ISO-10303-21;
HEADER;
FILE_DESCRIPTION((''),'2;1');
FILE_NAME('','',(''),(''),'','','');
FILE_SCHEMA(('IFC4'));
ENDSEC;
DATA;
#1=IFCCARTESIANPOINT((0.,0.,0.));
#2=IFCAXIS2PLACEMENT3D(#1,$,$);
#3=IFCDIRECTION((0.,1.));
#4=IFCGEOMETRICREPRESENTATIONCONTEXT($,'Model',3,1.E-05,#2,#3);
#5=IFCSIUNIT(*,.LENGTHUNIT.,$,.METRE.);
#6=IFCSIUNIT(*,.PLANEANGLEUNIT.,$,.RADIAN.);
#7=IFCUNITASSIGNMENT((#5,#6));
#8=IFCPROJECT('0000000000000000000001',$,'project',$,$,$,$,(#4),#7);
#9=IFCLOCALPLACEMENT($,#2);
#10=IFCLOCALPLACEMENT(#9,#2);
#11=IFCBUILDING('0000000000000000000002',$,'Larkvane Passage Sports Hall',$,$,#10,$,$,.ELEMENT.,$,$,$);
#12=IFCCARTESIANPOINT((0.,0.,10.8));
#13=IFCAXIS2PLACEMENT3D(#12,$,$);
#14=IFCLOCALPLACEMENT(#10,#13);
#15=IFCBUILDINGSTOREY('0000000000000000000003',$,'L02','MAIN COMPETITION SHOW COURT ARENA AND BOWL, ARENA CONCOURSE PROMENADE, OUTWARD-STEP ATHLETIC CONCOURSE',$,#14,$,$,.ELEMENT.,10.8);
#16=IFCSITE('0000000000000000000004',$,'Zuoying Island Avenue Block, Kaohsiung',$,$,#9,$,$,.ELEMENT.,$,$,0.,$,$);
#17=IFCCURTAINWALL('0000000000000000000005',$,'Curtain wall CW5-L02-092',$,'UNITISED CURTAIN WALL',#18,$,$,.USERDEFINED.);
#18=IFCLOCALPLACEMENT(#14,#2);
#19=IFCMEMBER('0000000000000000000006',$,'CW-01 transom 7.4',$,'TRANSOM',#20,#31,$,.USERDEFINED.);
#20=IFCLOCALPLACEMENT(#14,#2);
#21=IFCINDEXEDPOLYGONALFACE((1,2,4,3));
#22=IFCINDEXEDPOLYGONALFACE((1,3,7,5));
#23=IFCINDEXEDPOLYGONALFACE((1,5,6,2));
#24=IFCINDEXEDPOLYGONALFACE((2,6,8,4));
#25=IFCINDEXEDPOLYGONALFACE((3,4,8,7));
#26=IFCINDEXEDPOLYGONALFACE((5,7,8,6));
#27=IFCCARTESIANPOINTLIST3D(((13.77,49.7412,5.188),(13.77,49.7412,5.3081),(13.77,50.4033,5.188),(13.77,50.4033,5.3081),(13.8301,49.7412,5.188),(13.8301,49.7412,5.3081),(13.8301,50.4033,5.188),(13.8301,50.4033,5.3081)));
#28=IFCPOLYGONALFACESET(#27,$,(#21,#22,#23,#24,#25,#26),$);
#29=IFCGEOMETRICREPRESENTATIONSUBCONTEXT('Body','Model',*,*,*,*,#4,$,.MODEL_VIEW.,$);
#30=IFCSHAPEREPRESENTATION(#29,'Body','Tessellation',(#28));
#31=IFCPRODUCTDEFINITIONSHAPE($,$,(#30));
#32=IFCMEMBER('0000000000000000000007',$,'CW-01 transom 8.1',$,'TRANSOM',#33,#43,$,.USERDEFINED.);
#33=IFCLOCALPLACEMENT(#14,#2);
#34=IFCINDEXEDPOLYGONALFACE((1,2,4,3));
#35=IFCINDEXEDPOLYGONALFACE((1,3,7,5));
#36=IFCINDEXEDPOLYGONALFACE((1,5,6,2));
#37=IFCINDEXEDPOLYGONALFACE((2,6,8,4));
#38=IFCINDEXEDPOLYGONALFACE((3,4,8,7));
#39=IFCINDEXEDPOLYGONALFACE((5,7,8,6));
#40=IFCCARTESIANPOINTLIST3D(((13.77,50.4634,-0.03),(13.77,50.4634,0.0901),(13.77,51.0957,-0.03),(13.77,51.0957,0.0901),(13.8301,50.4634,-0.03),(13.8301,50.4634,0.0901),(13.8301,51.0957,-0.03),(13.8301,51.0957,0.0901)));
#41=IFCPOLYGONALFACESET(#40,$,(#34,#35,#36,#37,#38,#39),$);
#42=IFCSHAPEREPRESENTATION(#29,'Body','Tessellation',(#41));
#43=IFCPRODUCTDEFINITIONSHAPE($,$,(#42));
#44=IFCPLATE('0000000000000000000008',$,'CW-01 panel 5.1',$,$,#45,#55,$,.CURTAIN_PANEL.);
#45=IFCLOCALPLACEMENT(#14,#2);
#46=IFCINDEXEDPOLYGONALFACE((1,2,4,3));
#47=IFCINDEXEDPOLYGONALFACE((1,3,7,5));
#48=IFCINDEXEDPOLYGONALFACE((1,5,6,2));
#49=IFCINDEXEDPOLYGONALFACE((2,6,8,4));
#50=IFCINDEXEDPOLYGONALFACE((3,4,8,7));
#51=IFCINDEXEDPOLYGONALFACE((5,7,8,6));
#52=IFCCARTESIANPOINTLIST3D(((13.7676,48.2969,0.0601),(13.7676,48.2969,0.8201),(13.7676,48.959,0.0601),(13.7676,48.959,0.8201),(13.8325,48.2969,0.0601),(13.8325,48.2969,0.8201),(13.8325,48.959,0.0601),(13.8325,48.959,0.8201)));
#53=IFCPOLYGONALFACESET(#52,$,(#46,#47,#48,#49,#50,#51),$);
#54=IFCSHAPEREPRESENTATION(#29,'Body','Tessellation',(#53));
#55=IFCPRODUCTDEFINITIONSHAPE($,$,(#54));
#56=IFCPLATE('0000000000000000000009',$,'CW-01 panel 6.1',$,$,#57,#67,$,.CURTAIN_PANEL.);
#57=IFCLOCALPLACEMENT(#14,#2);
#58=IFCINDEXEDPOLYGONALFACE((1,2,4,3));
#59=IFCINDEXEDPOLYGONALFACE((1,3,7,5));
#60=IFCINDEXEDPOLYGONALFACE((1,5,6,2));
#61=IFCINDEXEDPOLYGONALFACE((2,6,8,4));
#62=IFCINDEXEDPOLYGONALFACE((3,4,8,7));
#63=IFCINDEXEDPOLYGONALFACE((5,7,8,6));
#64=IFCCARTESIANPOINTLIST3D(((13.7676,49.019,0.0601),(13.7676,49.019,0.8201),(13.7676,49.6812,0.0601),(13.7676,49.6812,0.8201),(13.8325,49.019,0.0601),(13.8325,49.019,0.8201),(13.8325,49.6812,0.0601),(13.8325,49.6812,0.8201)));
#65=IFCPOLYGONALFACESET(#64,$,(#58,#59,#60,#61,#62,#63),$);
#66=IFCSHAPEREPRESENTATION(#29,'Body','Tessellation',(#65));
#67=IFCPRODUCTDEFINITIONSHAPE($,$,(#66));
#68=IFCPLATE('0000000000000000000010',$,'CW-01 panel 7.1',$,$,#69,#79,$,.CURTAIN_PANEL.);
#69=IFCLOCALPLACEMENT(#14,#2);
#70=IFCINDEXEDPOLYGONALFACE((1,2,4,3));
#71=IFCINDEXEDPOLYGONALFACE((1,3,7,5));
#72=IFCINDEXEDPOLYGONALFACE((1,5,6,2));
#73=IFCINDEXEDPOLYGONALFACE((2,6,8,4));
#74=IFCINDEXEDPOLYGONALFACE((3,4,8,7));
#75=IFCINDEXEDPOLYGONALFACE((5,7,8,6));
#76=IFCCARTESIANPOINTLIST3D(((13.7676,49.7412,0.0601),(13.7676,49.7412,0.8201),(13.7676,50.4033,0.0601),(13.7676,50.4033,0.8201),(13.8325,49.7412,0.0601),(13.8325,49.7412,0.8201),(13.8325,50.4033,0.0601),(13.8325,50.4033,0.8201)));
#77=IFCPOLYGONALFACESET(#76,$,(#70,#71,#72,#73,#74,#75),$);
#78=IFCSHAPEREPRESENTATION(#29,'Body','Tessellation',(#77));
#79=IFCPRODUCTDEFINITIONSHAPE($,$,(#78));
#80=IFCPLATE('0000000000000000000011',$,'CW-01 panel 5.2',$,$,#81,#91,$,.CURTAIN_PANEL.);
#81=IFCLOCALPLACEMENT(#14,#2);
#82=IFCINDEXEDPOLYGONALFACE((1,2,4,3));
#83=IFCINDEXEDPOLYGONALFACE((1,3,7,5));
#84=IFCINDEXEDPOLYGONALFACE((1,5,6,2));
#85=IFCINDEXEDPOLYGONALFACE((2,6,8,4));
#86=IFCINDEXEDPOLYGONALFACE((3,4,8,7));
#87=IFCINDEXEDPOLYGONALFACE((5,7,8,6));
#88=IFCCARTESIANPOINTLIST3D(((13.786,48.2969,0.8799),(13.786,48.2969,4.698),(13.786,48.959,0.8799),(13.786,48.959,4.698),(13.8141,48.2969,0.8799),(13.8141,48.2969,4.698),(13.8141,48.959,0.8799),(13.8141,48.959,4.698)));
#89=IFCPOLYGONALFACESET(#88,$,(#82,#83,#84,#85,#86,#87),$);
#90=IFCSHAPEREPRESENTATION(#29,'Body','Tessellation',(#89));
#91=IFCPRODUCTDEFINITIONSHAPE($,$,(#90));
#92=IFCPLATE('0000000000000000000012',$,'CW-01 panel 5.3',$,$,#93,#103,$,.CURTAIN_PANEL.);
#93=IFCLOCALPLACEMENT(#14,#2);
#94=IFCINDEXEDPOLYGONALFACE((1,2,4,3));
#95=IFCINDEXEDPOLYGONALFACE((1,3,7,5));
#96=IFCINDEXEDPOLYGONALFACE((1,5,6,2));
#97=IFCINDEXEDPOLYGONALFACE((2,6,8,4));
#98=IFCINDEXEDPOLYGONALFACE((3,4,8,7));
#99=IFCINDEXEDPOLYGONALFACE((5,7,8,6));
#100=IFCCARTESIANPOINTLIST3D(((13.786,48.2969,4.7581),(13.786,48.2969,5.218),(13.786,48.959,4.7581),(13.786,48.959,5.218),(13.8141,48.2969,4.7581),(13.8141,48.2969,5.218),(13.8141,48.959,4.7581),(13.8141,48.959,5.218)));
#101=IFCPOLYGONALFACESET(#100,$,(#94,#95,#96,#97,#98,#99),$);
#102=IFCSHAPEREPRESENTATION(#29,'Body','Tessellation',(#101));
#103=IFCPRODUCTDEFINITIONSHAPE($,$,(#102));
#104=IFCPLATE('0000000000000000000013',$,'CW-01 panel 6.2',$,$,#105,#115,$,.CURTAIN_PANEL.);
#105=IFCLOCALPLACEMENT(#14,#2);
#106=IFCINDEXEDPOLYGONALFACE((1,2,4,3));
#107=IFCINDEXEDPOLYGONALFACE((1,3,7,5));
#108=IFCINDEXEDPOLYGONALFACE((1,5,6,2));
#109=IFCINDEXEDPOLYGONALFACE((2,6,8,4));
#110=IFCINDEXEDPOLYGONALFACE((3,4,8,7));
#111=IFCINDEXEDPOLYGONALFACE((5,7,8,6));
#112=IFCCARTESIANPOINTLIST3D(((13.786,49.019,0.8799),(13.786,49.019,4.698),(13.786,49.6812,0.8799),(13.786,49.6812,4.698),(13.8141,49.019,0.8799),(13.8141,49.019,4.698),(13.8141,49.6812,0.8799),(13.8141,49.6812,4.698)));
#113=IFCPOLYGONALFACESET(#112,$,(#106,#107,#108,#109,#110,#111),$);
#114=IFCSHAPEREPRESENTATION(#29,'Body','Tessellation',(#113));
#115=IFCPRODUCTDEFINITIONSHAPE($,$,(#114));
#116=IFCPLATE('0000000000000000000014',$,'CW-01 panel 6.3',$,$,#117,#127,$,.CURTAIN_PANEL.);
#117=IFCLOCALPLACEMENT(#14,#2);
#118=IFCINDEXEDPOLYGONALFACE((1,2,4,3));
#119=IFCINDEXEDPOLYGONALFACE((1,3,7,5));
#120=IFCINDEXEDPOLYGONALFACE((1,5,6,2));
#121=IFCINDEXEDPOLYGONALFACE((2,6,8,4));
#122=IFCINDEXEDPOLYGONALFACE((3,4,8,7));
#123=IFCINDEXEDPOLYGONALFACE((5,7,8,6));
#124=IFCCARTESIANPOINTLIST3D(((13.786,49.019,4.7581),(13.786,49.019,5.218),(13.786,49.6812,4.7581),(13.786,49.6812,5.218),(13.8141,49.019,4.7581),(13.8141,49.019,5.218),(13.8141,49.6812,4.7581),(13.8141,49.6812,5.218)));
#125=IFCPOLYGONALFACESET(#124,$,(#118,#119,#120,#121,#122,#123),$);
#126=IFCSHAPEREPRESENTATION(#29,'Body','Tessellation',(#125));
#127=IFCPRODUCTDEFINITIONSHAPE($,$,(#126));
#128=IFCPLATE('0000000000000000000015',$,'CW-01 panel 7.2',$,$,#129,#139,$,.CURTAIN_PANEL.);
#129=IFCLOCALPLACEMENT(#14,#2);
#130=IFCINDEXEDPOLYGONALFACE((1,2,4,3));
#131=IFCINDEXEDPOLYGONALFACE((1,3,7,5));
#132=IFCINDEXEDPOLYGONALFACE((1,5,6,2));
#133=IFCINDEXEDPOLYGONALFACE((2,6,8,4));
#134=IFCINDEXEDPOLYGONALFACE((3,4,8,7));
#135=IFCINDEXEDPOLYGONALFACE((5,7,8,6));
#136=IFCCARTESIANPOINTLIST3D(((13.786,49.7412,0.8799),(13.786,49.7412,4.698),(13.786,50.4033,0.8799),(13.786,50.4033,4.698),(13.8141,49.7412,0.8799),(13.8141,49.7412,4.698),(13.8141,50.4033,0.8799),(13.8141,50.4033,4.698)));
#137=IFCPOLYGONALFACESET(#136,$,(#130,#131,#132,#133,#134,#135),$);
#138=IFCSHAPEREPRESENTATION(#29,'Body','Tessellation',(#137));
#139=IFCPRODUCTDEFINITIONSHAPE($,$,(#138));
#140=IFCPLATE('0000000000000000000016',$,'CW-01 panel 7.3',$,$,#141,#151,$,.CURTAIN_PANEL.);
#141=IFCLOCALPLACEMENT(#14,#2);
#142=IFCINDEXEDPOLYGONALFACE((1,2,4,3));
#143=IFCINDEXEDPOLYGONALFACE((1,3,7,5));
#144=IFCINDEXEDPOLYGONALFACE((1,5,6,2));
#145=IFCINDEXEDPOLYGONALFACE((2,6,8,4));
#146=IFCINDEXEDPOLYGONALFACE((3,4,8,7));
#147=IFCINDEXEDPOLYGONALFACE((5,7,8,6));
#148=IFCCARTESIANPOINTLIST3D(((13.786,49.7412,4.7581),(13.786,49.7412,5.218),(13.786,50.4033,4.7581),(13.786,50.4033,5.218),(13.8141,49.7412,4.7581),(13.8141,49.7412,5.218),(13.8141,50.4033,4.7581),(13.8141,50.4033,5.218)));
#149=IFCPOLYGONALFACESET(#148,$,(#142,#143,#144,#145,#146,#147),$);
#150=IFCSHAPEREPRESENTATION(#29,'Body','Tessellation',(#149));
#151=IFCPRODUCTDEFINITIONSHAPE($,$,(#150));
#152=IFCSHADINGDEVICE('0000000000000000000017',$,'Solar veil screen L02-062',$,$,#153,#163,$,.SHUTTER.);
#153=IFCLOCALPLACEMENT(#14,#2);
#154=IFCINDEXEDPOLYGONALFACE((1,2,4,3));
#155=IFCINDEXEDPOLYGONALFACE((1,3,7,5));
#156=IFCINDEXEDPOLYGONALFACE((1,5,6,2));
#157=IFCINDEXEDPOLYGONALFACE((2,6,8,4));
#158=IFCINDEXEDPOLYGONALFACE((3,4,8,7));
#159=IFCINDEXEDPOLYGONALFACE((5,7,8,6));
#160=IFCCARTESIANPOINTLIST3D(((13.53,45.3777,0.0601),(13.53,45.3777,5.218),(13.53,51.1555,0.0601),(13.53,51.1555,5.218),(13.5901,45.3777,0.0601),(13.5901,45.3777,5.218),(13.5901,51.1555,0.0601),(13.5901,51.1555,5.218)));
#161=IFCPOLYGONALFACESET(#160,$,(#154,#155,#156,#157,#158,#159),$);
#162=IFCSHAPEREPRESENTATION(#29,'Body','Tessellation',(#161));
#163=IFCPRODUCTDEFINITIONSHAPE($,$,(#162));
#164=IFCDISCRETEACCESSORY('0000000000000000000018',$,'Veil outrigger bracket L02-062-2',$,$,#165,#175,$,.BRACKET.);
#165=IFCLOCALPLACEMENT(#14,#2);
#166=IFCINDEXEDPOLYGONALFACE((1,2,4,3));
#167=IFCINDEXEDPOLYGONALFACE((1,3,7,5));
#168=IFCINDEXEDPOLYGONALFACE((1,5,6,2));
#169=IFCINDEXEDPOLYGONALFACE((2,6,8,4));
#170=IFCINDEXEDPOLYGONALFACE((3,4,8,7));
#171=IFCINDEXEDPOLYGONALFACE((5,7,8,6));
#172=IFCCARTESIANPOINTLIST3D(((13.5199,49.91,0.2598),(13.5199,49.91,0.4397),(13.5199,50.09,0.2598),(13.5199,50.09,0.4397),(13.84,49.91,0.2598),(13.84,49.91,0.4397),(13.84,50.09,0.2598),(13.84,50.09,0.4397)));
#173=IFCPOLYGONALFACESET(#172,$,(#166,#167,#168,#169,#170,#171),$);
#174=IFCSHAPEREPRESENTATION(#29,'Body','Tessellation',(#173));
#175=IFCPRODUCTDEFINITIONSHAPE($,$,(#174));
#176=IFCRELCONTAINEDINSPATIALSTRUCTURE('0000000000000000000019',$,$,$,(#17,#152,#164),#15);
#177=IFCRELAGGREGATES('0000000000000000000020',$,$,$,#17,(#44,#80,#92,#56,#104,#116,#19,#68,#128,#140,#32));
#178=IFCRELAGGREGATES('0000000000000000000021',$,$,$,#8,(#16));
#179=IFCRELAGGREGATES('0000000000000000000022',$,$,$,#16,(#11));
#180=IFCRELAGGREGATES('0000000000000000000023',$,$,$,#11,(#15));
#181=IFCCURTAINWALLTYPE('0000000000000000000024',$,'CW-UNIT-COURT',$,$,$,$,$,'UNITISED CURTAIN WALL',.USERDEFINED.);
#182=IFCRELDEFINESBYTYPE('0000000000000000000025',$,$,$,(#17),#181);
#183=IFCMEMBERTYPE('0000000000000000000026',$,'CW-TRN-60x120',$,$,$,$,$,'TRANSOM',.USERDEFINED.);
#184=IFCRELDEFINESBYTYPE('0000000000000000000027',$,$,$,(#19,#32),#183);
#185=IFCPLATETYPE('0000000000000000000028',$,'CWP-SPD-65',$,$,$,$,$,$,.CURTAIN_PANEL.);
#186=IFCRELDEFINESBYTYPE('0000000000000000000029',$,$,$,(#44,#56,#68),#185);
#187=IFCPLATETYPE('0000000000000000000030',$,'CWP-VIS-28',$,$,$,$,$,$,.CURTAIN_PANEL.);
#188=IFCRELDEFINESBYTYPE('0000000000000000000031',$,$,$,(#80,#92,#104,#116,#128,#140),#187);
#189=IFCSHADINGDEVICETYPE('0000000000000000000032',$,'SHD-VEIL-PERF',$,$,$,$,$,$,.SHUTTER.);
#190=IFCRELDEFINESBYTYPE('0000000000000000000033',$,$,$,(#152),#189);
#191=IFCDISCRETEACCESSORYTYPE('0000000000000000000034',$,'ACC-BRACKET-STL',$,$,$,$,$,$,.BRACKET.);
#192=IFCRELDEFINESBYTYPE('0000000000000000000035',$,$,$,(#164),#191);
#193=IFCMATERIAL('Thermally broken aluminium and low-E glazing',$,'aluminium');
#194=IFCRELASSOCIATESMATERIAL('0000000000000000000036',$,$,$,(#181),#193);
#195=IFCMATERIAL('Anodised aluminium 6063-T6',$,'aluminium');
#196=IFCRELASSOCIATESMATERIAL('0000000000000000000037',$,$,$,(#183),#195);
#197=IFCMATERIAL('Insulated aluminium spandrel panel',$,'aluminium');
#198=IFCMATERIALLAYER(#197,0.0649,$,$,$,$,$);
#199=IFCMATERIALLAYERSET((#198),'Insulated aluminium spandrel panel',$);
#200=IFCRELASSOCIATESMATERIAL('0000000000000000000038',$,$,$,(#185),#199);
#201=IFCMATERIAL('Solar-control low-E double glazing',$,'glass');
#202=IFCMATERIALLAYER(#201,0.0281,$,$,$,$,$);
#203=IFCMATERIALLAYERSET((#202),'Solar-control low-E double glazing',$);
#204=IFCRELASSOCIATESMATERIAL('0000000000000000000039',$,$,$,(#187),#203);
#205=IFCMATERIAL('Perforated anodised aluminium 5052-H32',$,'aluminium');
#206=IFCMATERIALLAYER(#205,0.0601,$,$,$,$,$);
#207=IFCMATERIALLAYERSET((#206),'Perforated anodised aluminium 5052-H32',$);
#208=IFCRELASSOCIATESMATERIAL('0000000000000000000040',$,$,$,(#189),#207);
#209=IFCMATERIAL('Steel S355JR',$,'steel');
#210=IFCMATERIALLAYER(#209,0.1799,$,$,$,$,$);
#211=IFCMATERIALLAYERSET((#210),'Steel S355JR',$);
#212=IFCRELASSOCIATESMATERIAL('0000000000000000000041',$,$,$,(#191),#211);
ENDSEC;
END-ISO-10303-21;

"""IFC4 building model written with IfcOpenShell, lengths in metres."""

from ifc_helpers import new_model, si_unit, direction, frame, origin, origin_2d, place, context, subcontext, project, spatial, rectangle, extrude, material, layer, layer_set, material_profile, profile_set, type_object, element, aggregate, save


model = new_model("IFC4")

# Units and contexts
model_context = context("Model", 3, precision=1e-05, world=origin(), true_north=direction((0.0, 1.0)))
body_context = subcontext(model_context, "Body", "Model", "MODEL_VIEW")
ifc_project = project(units=[si_unit("LENGTHUNIT", "METRE"), si_unit("PLANEANGLEUNIT", "RADIAN")], contexts=[model_context])

# Site, building, storey
site_placement = place(None, origin())
site = spatial("IfcSite", under=ifc_project, at=site_placement, Name="Zuoying Island Avenue Block, Kaohsiung", CompositionType="ELEMENT", RefElevation=0.0)
building_placement = place(site_placement, origin())
building = spatial("IfcBuilding", under=site, at=building_placement, Name="Larkvane Passage Sports Hall", CompositionType="ELEMENT")
storey_placement = place(building_placement, frame((0.0, 0.0, 10.8)))
storey = spatial("IfcBuildingStorey", under=building, at=storey_placement, Name="L02", Description="MAIN COMPETITION SHOW COURT ARENA AND BOWL, ARENA CONCOURSE PROMENADE, OUTWARD-STEP ATHLETIC CONCOURSE", CompositionType="ELEMENT", Elevation=10.8)

# Curtain wall, members, plates
ifc_material_1 = material(Name="Thermally broken aluminium and low-E glazing", Category="aluminium")
curtain_wall_type = type_object("IfcCurtainWallType", Name="CW-UNIT-COURT", ElementType="UNITISED CURTAIN WALL", PredefinedType="USERDEFINED", material=ifc_material_1)
curtain_wall_placement = place(storey_placement, origin())
curtain_wall = element("IfcCurtainWall", 1, at=curtain_wall_placement, inside=storey, type_object=curtain_wall_type, Name="Curtain wall CW5-L02-092", ObjectType="UNITISED CURTAIN WALL", PredefinedType="USERDEFINED")
ifc_material_2 = material(Name="Anodised aluminium 6063-T6", Category="aluminium")
ifc_material_profile_1 = material_profile(ifc_material_2, rectangle(XDim=0.0601, YDim=0.1201, at=origin_2d()), Name="ALU-TRN-60x120")
ifc_profile_set_1 = profile_set([ifc_material_profile_1], Name="Anodised aluminium 6063-T6")
member_type_1 = type_object("IfcMemberType", Name="CW-TRN-60x120", ElementType="TRANSOM", PredefinedType="USERDEFINED", material=ifc_profile_set_1)
member_1_placement = place(storey_placement, frame((13.8, 49.7412, 5.248), z_axis=(0.0, 1.0, 0.0), x_axis=(-1.0, 0.0, 0.0)))
member_1 = element("IfcMember", 2, at=member_1_placement, type_object=member_type_1, Name="CW-01 transom 7.4", ObjectType="TRANSOM", PredefinedType="USERDEFINED", context=body_context, shape_type="SweptSolid", body=[
    extrude(rectangle(XDim=0.0601, YDim=0.1201, at=origin_2d()), origin(), (0.0, 0.0, 1.0), 0.6621),
])
member_2_placement = place(storey_placement, frame((13.8, 50.4634, 0.03), z_axis=(0.0, 1.0, 0.0), x_axis=(-1.0, 0.0, 0.0)))
member_2 = element("IfcMember", 3, at=member_2_placement, type_object=member_type_1, Name="CW-01 transom 8.1", ObjectType="TRANSOM", PredefinedType="USERDEFINED", context=body_context, shape_type="SweptSolid", body=[
    extrude(rectangle(XDim=0.0601, YDim=0.1201, at=origin_2d()), origin(), (0.0, 0.0, 1.0), 0.6323),
])
ifc_material_3 = material(Name="Insulated aluminium spandrel panel", Category="aluminium")
ifc_layer_1 = layer(ifc_material_3, 0.0649)
ifc_layer_set_1 = layer_set([ifc_layer_1], Name="Insulated aluminium spandrel panel")
plate_type_1 = type_object("IfcPlateType", Name="CWP-SPD-65", PredefinedType="CURTAIN_PANEL", material=ifc_layer_set_1)
plate_1_placement = place(storey_placement, frame((13.8, 48.6279, 0.0601), z_axis=(0.0, 0.0, 1.0), x_axis=(0.0, 1.0, 0.0)))
plate_1 = element("IfcPlate", 4, at=plate_1_placement, type_object=plate_type_1, Name="CW-01 panel 5.1", PredefinedType="CURTAIN_PANEL", context=body_context, shape_type="SweptSolid", body=[
    extrude(rectangle(XDim=0.6621, YDim=0.0649, at=origin_2d()), origin(), (0.0, 0.0, 1.0), 0.76),
])
plate_2_placement = place(storey_placement, frame((13.8, 49.3501, 0.0601), z_axis=(0.0, 0.0, 1.0), x_axis=(0.0, 1.0, 0.0)))
plate_2 = element("IfcPlate", 5, at=plate_2_placement, type_object=plate_type_1, Name="CW-01 panel 6.1", PredefinedType="CURTAIN_PANEL", context=body_context, shape_type="SweptSolid", body=[
    extrude(rectangle(XDim=0.6621, YDim=0.0649, at=origin_2d()), origin(), (0.0, 0.0, 1.0), 0.76),
])
plate_3_placement = place(storey_placement, frame((13.8, 50.0723, 0.0601), z_axis=(0.0, 0.0, 1.0), x_axis=(0.0, 1.0, 0.0)))
plate_3 = element("IfcPlate", 6, at=plate_3_placement, type_object=plate_type_1, Name="CW-01 panel 7.1", PredefinedType="CURTAIN_PANEL", context=body_context, shape_type="SweptSolid", body=[
    extrude(rectangle(XDim=0.6621, YDim=0.0649, at=origin_2d()), origin(), (0.0, 0.0, 1.0), 0.76),
])
ifc_material_4 = material(Name="Solar-control low-E double glazing", Category="glass")
ifc_layer_2 = layer(ifc_material_4, 0.0281)
ifc_layer_set_2 = layer_set([ifc_layer_2], Name="Solar-control low-E double glazing")
plate_type_2 = type_object("IfcPlateType", Name="CWP-VIS-28", PredefinedType="CURTAIN_PANEL", material=ifc_layer_set_2)
plate_4_placement = place(storey_placement, frame((13.8, 48.6279, 0.8799), z_axis=(0.0, 0.0, 1.0), x_axis=(0.0, 1.0, 0.0)))
plate_4 = element("IfcPlate", 7, at=plate_4_placement, type_object=plate_type_2, Name="CW-01 panel 5.2", PredefinedType="CURTAIN_PANEL", context=body_context, shape_type="SweptSolid", body=[
    extrude(rectangle(XDim=0.6621, YDim=0.0281, at=origin_2d()), origin(), (0.0, 0.0, 1.0), 3.8181),
])
plate_5_placement = place(storey_placement, frame((13.8, 48.6279, 4.7581), z_axis=(0.0, 0.0, 1.0), x_axis=(0.0, 1.0, 0.0)))
plate_5 = element("IfcPlate", 8, at=plate_5_placement, type_object=plate_type_2, Name="CW-01 panel 5.3", PredefinedType="CURTAIN_PANEL", context=body_context, shape_type="SweptSolid", body=[
    extrude(rectangle(XDim=0.6621, YDim=0.0281, at=origin_2d()), origin(), (0.0, 0.0, 1.0), 0.46),
])
plate_6_placement = place(storey_placement, frame((13.8, 49.3501, 0.8799), z_axis=(0.0, 0.0, 1.0), x_axis=(0.0, 1.0, 0.0)))
plate_6 = element("IfcPlate", 9, at=plate_6_placement, type_object=plate_type_2, Name="CW-01 panel 6.2", PredefinedType="CURTAIN_PANEL", context=body_context, shape_type="SweptSolid", body=[
    extrude(rectangle(XDim=0.6621, YDim=0.0281, at=origin_2d()), origin(), (0.0, 0.0, 1.0), 3.8181),
])
plate_7_placement = place(storey_placement, frame((13.8, 49.3501, 4.7581), z_axis=(0.0, 0.0, 1.0), x_axis=(0.0, 1.0, 0.0)))
plate_7 = element("IfcPlate", 10, at=plate_7_placement, type_object=plate_type_2, Name="CW-01 panel 6.3", PredefinedType="CURTAIN_PANEL", context=body_context, shape_type="SweptSolid", body=[
    extrude(rectangle(XDim=0.6621, YDim=0.0281, at=origin_2d()), origin(), (0.0, 0.0, 1.0), 0.46),
])
plate_8_placement = place(storey_placement, frame((13.8, 50.0723, 0.8799), z_axis=(0.0, 0.0, 1.0), x_axis=(0.0, 1.0, 0.0)))
plate_8 = element("IfcPlate", 11, at=plate_8_placement, type_object=plate_type_2, Name="CW-01 panel 7.2", PredefinedType="CURTAIN_PANEL", context=body_context, shape_type="SweptSolid", body=[
    extrude(rectangle(XDim=0.6621, YDim=0.0281, at=origin_2d()), origin(), (0.0, 0.0, 1.0), 3.8181),
])
plate_9_placement = place(storey_placement, frame((13.8, 50.0723, 4.7581), z_axis=(0.0, 0.0, 1.0), x_axis=(0.0, 1.0, 0.0)))
plate_9 = element("IfcPlate", 12, at=plate_9_placement, type_object=plate_type_2, Name="CW-01 panel 7.3", PredefinedType="CURTAIN_PANEL", context=body_context, shape_type="SweptSolid", body=[
    extrude(rectangle(XDim=0.6621, YDim=0.0281, at=origin_2d()), origin(), (0.0, 0.0, 1.0), 0.46),
])
aggregate(curtain_wall, [plate_1, plate_4, plate_5, plate_2, plate_6, plate_7, member_1, plate_3, plate_8, plate_9, member_2])

# Shading device
ifc_material_5 = material(Name="Perforated anodised aluminium 5052-H32", Category="aluminium")
ifc_layer_3 = layer(ifc_material_5, 0.0601)
ifc_layer_set_3 = layer_set([ifc_layer_3], Name="Perforated anodised aluminium 5052-H32")
shading_device_type = type_object("IfcShadingDeviceType", Name="SHD-VEIL-PERF", PredefinedType="SHUTTER", material=ifc_layer_set_3)
shading_device_placement = place(storey_placement, frame((13.5601, 48.2666, 0.0601), z_axis=(0.0, 0.0, 1.0), x_axis=(0.0, 1.0, 0.0)))
element("IfcShadingDevice", 13, at=shading_device_placement, inside=storey, type_object=shading_device_type, Name="Solar veil screen L02-062", PredefinedType="SHUTTER", context=body_context, shape_type="SweptSolid", body=[
    extrude(rectangle(XDim=5.7778, YDim=0.0601, at=origin_2d()), origin(), (0.0, 0.0, 1.0), 5.158),
])

# Discrete accessory
ifc_material_6 = material(Name="Steel S355JR", Category="steel")
ifc_layer_4 = layer(ifc_material_6, 0.1799)
ifc_layer_set_4 = layer_set([ifc_layer_4], Name="Steel S355JR")
discrete_accessory_type = type_object("IfcDiscreteAccessoryType", Name="ACC-BRACKET-STL", PredefinedType="BRACKET", material=ifc_layer_set_4)
discrete_accessory_placement = place(storey_placement, frame((13.6799, 50.0, 0.2598), z_axis=(0.0, 0.0, 1.0), x_axis=(0.0, 1.0, 0.0)))
element("IfcDiscreteAccessory", 14, at=discrete_accessory_placement, inside=storey, type_object=discrete_accessory_type, Name="Veil outrigger bracket L02-062-2", PredefinedType="BRACKET", context=body_context, shape_type="SweptSolid", body=[
    extrude(rectangle(XDim=0.1799, YDim=0.3201, at=origin_2d()), origin(), (0.0, 0.0, 1.0), 0.1799),
])

save(model, "model.ifc")
